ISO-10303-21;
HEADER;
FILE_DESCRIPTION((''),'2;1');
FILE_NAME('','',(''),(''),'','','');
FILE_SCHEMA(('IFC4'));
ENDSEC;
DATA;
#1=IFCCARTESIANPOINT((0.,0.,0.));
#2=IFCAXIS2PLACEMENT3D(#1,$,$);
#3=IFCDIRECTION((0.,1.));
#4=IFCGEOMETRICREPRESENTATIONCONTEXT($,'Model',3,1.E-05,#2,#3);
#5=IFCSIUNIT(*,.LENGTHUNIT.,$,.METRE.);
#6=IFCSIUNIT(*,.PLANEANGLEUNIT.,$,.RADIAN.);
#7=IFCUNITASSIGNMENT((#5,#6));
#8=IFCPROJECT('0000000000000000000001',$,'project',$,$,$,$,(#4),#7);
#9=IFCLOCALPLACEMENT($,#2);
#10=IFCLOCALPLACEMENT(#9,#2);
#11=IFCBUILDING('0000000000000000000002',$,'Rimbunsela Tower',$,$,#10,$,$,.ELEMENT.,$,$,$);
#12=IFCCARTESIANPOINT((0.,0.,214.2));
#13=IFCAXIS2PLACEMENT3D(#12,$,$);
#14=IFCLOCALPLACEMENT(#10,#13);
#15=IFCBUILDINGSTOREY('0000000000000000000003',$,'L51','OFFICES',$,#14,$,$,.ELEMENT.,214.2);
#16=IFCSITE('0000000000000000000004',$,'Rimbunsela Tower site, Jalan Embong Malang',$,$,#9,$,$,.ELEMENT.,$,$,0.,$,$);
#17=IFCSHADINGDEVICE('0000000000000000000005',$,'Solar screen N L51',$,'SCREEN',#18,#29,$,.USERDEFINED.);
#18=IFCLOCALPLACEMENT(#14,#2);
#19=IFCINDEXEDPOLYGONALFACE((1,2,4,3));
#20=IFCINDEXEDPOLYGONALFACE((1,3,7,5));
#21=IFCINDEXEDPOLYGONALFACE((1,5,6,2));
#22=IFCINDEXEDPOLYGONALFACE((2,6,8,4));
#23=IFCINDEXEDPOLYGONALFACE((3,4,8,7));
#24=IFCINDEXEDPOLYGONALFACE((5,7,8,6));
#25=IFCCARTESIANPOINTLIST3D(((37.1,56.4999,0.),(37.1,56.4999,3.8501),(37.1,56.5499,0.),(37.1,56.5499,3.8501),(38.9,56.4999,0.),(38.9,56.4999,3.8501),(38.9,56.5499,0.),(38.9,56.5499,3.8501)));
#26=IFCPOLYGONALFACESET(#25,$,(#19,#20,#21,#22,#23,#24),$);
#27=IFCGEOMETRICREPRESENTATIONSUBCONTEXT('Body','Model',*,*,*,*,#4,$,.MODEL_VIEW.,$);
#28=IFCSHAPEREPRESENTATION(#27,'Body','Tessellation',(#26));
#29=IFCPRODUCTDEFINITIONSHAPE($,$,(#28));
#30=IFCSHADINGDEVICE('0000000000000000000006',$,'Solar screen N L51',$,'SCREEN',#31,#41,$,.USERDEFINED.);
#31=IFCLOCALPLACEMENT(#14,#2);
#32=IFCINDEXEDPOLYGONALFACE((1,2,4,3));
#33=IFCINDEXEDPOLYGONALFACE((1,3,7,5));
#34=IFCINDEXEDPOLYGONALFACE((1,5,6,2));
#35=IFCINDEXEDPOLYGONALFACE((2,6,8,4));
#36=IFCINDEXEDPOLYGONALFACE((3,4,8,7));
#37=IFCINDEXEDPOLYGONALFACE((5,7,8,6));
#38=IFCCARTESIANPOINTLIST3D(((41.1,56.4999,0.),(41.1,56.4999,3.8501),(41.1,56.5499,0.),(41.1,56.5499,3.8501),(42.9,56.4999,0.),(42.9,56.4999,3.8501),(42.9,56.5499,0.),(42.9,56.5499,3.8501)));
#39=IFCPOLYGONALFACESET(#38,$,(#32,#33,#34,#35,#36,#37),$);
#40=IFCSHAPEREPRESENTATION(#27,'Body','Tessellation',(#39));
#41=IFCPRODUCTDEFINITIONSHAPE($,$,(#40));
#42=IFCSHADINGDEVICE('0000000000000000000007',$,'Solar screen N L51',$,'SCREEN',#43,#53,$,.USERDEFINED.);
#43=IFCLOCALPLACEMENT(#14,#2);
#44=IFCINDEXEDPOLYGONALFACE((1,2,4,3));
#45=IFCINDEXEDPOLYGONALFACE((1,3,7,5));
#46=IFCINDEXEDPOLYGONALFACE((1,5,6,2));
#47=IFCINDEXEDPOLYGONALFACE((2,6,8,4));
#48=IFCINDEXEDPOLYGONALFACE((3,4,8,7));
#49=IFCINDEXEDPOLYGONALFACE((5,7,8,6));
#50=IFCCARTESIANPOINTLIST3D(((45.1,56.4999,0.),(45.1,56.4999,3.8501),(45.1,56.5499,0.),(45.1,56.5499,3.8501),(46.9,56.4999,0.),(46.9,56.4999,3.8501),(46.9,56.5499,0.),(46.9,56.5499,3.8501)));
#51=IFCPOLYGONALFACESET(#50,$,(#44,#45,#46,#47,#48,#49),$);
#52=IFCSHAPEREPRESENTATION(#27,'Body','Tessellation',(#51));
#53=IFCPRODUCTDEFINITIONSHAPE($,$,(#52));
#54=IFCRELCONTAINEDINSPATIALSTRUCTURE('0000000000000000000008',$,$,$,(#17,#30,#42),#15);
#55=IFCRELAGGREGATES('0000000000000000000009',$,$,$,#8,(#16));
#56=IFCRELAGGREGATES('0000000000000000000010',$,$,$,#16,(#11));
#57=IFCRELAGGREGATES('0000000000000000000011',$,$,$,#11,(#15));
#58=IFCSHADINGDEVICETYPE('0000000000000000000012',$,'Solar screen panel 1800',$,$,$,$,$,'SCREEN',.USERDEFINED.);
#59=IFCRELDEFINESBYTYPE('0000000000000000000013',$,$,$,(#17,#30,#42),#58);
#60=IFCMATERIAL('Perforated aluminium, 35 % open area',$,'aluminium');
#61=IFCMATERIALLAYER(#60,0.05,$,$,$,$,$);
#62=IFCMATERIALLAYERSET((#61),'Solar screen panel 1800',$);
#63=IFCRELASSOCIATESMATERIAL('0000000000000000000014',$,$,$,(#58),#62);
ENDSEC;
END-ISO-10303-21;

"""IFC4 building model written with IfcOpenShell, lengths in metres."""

from ifc_helpers import new_model, si_unit, direction, frame, origin, origin_2d, place, context, subcontext, project, spatial, rectangle, extrude, material, layer, layer_set, type_object, element, save


model = new_model("IFC4")

# Units and contexts
model_context = context("Model", 3, precision=1e-05, world=origin(), true_north=direction((0.0, 1.0)))
body_context = subcontext(model_context, "Body", "Model", "MODEL_VIEW")
ifc_project = project(units=[si_unit("LENGTHUNIT", "METRE"), si_unit("PLANEANGLEUNIT", "RADIAN")], contexts=[model_context])

# Site, building, storey
site_placement = place(None, origin())
site = spatial("IfcSite", under=ifc_project, at=site_placement, Name="Rimbunsela Tower site, Jalan Embong Malang", CompositionType="ELEMENT", RefElevation=0.0)
building_placement = place(site_placement, origin())
building = spatial("IfcBuilding", under=site, at=building_placement, Name="Rimbunsela Tower", CompositionType="ELEMENT")
storey_placement = place(building_placement, frame((0.0, 0.0, 214.2)))
storey = spatial("IfcBuildingStorey", under=building, at=storey_placement, Name="L51", Description="OFFICES", CompositionType="ELEMENT", Elevation=214.2)

# Shading devices
ifc_material_1 = material(Name="Perforated aluminium, 35 % open area", Category="aluminium")
ifc_layer_1 = layer(ifc_material_1, 0.05)
ifc_layer_set_1 = layer_set([ifc_layer_1], Name="Solar screen panel 1800")
shading_device_type = type_object("IfcShadingDeviceType", Name="Solar screen panel 1800", ElementType="SCREEN", PredefinedType="USERDEFINED", material=ifc_layer_set_1)
for number, where, z_axis, x_axis, name in (
    (1, (38.0, 56.5249, 0.0), (0.0, 0.0, 1.0), (1.0, 0.0, 0.0), "Solar screen N L51"),
    (2, (42.0, 56.5249, 0.0), (0.0, 0.0, 1.0), (1.0, 0.0, 0.0), "Solar screen N L51"),
    (3, (46.0, 56.5249, 0.0), (0.0, 0.0, 1.0), (1.0, 0.0, 0.0), "Solar screen N L51"),
):
    element("IfcShadingDevice", number, at=place(storey_placement, frame(where, z_axis=z_axis, x_axis=x_axis)), inside=storey, type_object=shading_device_type, Name=name, ObjectType="SCREEN", PredefinedType="USERDEFINED", context=body_context, shape_type="SweptSolid", body=[
        extrude(rectangle(XDim=1.8, YDim=0.05, at=origin_2d()), origin(), (0.0, 0.0, 1.0), 3.8501),
    ])

save(model, "model.ifc")
